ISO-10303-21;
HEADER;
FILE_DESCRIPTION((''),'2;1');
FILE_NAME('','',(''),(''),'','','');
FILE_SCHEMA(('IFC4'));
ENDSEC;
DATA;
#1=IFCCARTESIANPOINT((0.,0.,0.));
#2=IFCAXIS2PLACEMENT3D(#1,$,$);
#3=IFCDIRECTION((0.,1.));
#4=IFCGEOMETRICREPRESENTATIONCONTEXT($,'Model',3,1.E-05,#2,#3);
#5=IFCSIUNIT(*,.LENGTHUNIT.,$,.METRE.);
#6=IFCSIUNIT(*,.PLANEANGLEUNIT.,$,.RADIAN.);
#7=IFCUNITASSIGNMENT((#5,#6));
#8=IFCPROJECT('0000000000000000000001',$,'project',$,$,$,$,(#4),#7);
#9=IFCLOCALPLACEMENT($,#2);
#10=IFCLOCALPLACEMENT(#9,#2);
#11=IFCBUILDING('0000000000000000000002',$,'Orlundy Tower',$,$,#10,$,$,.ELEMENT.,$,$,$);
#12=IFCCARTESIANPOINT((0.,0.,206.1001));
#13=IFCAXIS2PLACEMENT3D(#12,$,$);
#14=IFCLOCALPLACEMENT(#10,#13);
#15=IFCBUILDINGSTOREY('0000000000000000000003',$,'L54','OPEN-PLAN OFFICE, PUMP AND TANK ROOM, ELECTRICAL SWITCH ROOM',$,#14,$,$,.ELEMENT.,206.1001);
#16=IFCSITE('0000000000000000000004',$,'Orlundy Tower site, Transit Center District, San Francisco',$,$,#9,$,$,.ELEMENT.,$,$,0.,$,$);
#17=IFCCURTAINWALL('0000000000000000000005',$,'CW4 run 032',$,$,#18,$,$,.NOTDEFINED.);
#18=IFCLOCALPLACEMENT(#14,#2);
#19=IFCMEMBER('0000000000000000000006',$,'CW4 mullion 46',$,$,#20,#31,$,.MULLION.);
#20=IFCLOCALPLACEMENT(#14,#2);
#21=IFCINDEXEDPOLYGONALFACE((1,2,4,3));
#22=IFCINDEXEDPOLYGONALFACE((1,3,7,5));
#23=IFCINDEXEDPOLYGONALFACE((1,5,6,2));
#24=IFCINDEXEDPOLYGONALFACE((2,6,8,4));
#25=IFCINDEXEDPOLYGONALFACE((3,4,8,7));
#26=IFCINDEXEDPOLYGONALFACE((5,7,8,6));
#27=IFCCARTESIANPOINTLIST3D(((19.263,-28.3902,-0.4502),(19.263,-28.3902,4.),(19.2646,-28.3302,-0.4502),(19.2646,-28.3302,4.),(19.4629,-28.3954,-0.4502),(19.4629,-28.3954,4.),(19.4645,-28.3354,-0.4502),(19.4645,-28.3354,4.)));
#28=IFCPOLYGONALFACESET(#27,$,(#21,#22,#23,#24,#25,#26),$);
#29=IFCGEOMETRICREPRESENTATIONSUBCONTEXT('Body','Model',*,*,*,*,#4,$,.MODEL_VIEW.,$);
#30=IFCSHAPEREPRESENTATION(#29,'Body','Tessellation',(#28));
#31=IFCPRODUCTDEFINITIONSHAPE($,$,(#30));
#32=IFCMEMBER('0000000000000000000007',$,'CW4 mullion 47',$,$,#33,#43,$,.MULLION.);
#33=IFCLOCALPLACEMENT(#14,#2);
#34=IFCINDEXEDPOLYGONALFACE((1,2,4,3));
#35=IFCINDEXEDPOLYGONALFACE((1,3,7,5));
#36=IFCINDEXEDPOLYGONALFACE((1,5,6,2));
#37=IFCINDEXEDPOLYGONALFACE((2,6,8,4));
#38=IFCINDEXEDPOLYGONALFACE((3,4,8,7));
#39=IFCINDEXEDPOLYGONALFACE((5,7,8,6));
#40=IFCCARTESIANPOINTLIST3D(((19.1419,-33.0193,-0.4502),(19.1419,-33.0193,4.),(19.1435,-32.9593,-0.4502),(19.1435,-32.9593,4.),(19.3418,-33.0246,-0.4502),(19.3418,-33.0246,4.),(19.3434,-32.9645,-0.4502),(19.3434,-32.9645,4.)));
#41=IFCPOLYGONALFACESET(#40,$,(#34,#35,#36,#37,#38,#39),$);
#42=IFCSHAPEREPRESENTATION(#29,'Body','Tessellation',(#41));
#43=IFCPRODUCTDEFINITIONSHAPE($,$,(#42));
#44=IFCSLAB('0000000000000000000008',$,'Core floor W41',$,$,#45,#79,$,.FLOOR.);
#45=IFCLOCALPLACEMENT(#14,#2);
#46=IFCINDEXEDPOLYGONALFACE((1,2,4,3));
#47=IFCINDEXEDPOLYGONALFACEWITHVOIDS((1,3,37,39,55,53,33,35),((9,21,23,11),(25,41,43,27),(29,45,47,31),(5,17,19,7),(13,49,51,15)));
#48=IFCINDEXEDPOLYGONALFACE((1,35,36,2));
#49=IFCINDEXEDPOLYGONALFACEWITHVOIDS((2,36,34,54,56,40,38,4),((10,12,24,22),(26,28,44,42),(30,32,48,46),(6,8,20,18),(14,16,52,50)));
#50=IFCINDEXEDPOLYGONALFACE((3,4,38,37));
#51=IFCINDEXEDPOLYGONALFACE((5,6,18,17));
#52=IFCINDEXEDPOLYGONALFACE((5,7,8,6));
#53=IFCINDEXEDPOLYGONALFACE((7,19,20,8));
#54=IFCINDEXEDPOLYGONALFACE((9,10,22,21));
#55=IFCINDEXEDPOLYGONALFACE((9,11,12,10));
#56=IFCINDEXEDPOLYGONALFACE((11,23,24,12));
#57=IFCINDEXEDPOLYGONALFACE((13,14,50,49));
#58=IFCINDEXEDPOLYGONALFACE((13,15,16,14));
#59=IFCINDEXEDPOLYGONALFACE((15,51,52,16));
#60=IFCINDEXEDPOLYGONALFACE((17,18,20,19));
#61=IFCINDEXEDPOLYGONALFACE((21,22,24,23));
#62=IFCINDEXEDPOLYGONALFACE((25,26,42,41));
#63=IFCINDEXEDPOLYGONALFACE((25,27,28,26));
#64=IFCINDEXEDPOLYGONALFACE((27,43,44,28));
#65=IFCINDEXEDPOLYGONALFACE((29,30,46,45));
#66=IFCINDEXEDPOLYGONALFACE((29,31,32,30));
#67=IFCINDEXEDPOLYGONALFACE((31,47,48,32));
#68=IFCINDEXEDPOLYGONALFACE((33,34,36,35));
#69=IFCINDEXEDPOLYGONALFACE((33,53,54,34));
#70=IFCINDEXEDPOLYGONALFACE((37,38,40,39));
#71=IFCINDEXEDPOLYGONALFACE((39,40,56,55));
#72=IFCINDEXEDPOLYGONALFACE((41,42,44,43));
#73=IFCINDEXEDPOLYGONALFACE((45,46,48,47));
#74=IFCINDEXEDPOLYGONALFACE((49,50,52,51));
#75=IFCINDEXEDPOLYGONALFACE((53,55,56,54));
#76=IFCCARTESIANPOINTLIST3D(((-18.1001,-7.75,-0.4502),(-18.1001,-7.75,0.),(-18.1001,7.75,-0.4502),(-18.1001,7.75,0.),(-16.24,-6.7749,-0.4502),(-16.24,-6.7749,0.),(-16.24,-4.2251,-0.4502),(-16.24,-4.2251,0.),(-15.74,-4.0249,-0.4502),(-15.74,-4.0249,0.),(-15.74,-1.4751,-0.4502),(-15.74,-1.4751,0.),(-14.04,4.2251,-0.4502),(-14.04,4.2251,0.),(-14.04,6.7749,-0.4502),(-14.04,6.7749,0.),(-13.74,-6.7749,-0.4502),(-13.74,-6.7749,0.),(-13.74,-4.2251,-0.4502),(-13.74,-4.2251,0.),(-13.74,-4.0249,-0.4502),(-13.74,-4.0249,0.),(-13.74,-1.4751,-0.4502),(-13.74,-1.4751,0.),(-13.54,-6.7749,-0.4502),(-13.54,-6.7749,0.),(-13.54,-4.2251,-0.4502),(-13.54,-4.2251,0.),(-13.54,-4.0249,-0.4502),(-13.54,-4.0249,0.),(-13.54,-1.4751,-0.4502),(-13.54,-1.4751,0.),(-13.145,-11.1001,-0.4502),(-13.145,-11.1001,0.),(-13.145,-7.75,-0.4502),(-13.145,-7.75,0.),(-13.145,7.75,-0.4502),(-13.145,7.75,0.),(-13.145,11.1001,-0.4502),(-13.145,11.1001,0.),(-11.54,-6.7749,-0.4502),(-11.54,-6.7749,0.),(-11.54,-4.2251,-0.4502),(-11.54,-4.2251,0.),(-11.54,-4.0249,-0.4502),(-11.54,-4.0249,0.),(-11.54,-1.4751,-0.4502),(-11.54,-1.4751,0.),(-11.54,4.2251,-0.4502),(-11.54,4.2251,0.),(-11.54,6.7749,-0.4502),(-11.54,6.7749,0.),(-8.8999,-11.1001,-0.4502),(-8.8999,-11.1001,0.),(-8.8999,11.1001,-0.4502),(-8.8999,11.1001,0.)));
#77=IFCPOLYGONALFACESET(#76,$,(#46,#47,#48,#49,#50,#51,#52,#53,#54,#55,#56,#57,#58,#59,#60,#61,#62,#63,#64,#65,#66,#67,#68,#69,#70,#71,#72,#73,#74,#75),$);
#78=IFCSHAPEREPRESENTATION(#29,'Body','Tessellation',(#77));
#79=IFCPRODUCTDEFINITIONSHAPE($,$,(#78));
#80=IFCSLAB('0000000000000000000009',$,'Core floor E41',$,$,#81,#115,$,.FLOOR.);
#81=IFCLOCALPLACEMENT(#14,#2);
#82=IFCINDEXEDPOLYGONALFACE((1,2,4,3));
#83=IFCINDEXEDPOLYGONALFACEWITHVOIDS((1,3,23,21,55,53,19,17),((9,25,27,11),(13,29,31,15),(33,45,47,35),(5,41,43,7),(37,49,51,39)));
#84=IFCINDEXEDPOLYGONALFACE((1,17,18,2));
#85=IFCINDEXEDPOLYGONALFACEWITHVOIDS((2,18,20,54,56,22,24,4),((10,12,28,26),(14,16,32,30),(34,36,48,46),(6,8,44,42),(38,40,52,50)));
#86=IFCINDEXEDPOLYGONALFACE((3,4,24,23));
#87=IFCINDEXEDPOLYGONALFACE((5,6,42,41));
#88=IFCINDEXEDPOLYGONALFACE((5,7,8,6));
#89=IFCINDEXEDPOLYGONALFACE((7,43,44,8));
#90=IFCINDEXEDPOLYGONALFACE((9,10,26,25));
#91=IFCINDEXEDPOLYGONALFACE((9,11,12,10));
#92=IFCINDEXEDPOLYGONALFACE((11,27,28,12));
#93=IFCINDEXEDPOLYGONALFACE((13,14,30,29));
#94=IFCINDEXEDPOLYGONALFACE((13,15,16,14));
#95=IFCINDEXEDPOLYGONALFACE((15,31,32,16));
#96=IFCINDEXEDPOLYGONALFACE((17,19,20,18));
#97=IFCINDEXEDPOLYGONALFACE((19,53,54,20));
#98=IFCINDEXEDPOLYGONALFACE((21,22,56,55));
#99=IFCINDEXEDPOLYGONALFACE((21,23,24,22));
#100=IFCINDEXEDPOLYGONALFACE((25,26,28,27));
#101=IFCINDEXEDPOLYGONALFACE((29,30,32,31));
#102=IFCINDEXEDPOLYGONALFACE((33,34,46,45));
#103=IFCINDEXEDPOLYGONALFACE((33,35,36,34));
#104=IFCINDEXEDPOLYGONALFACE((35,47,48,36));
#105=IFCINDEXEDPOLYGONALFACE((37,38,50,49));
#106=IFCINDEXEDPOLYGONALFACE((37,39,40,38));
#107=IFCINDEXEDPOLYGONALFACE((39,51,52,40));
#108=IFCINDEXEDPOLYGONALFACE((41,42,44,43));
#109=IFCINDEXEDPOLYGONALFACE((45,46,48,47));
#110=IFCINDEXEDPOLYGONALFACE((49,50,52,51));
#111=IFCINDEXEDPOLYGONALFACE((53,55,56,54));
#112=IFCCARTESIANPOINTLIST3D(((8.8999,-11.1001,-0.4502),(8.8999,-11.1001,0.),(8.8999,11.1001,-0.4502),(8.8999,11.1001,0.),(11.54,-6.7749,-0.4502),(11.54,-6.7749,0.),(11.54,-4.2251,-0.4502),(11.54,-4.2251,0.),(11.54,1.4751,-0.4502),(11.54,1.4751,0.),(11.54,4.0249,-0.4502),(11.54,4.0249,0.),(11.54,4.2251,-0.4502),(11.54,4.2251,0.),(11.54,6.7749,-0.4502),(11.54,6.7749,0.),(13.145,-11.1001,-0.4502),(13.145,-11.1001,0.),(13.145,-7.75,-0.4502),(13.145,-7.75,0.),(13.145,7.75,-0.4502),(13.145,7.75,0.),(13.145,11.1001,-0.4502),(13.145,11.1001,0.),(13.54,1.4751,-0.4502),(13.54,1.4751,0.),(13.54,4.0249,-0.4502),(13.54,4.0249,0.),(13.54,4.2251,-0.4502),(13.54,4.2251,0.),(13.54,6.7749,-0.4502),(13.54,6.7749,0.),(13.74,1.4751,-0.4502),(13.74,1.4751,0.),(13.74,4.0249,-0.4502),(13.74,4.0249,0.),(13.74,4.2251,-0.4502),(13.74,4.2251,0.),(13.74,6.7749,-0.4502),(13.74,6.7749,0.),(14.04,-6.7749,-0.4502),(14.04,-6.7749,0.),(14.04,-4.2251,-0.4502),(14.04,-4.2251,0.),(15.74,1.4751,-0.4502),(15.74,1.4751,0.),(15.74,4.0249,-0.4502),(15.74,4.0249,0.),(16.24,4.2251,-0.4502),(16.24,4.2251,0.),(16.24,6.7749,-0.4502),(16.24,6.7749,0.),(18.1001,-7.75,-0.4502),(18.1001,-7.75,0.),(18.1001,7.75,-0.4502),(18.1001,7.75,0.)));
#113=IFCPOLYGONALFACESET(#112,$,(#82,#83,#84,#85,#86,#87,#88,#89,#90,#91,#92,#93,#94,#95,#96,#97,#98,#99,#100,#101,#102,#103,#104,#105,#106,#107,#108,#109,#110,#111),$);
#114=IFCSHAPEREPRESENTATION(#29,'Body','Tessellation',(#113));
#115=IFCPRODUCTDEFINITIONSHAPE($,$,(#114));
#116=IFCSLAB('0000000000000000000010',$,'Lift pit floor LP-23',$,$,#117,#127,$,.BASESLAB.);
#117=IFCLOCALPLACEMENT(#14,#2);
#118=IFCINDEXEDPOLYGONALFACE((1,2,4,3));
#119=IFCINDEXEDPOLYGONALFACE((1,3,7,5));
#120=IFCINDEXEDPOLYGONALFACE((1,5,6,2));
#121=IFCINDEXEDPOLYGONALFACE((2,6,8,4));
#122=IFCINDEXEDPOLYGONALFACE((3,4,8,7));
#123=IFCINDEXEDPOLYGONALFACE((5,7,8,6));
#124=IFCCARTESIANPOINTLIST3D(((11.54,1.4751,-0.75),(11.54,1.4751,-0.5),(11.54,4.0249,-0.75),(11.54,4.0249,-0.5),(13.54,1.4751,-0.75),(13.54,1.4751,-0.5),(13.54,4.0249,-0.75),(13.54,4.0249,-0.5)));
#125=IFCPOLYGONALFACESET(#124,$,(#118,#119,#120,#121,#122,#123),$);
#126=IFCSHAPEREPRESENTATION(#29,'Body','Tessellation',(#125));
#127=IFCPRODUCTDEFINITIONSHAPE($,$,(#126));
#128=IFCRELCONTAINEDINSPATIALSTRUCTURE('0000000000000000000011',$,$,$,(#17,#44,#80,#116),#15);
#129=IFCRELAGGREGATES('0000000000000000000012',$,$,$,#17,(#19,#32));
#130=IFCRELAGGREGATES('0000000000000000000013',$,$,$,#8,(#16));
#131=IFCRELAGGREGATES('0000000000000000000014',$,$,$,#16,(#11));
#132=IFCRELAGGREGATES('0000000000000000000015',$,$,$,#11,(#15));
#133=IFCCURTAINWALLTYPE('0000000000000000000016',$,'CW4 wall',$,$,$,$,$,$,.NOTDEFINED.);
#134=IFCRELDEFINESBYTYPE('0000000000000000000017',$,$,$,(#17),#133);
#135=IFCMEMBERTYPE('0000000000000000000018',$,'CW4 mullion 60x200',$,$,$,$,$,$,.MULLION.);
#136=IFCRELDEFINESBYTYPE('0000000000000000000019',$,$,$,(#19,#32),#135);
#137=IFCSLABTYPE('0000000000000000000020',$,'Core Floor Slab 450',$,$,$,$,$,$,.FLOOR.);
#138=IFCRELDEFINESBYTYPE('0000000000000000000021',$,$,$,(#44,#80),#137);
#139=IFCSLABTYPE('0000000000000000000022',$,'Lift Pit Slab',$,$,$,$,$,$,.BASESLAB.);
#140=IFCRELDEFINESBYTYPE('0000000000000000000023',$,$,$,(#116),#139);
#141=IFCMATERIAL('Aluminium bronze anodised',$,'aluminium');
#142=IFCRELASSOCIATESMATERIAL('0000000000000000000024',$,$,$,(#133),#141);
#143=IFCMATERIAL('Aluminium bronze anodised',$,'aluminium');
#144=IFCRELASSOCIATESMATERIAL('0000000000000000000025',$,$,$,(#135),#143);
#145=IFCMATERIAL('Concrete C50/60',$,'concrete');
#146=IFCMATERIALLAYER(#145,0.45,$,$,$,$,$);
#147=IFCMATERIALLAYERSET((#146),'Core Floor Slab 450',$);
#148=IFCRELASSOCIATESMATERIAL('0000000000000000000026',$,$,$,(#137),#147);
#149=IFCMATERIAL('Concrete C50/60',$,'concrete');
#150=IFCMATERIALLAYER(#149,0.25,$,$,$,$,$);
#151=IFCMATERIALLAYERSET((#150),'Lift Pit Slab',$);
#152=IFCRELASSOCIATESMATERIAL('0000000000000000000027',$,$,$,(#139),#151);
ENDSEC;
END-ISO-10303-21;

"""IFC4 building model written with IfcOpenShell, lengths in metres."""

from ifc_helpers import new_model, si_unit, direction, frame, origin, origin_2d, place, context, subcontext, project, spatial, polyline, rectangle, outline, extrude, material, layer, layer_set, material_profile, profile_set, type_object, element, aggregate, save


model = new_model("IFC4")

# Units and contexts
model_context = context("Model", 3, precision=1e-05, world=origin(), true_north=direction((0.0, 1.0)))
body_context = subcontext(model_context, "Body", "Model", "MODEL_VIEW")
ifc_project = project(units=[si_unit("LENGTHUNIT", "METRE"), si_unit("PLANEANGLEUNIT", "RADIAN")], contexts=[model_context])

# Site, building, storey
site_placement = place(None, origin())
site = spatial("IfcSite", under=ifc_project, at=site_placement, Name="Orlundy Tower site, Transit Center District, San Francisco", CompositionType="ELEMENT", RefElevation=0.0)
building_placement = place(site_placement, origin())
building = spatial("IfcBuilding", under=site, at=building_placement, Name="Orlundy Tower", CompositionType="ELEMENT")
storey_placement = place(building_placement, frame((0.0, 0.0, 206.1001)))
storey = spatial("IfcBuildingStorey", under=building, at=storey_placement, Name="L54", Description="OPEN-PLAN OFFICE, PUMP AND TANK ROOM, ELECTRICAL SWITCH ROOM", CompositionType="ELEMENT", Elevation=206.1001)

# Shared definitions
ifc_material_1 = material(Name="Aluminium bronze anodised", Category="aluminium")
curtain_wall_type = type_object("IfcCurtainWallType", Name="CW4 wall", PredefinedType="NOTDEFINED", material=ifc_material_1)

# Shared definitions
ifc_material_2 = material(Name="Aluminium bronze anodised", Category="aluminium")
ifc_material_profile_1 = material_profile(ifc_material_2, rectangle(XDim=0.2, YDim=0.0601, at=origin_2d()), Name="CW4 mullion 60x200")
ifc_profile_set_1 = profile_set([ifc_material_profile_1], Name="Aluminium bronze anodised")
member_type_1 = type_object("IfcMemberType", Name="CW4 mullion 60x200", PredefinedType="MULLION", material=ifc_profile_set_1)

# Curtain wall, members
curtain_wall_1_placement = place(storey_placement, origin())
curtain_wall_1 = element("IfcCurtainWall", 1, at=curtain_wall_1_placement, inside=storey, type_object=curtain_wall_type, Name="CW4 run 032", PredefinedType="NOTDEFINED")
member_1_placement = place(storey_placement, frame((19.3638, -28.3628, -0.4502), z_axis=(0.0, 0.0, 1.0), x_axis=(0.999658, -0.026166, 0.0)))
member_1 = element("IfcMember", 2, at=member_1_placement, type_object=member_type_1, Name="CW4 mullion 46", PredefinedType="MULLION", context=body_context, shape_type="SweptSolid", body=[
    extrude(rectangle(XDim=0.2, YDim=0.0601, at=origin_2d()), origin(), (0.0, 0.0, 1.0), 4.4502),
])
member_2_placement = place(storey_placement, frame((19.2427, -32.9919, -0.4502), z_axis=(0.0, 0.0, 1.0), x_axis=(0.999658, -0.026166, 0.0)))
member_2 = element("IfcMember", 3, at=member_2_placement, type_object=member_type_1, Name="CW4 mullion 47", PredefinedType="MULLION", context=body_context, shape_type="SweptSolid", body=[
    extrude(rectangle(XDim=0.2, YDim=0.0601, at=origin_2d()), origin(), (0.0, 0.0, 1.0), 4.4502),
])
aggregate(curtain_wall_1, [member_1, member_2])

# Slabs
ifc_material_3 = material(Name="Concrete C50/60", Category="concrete")
ifc_layer_1 = layer(ifc_material_3, 0.45)
ifc_layer_set_1 = layer_set([ifc_layer_1], Name="Core Floor Slab 450")
slab_type_1 = type_object("IfcSlabType", Name="Core Floor Slab 450", PredefinedType="FLOOR", material=ifc_layer_set_1)
slab_1_placement = place(storey_placement, frame((0.0, 0.0, -0.4502)))
element("IfcSlab", 4, at=slab_1_placement, inside=storey, type_object=slab_type_1, Name="Core floor W41", PredefinedType="FLOOR", context=body_context, shape_type="SweptSolid", body=[
    extrude(outline(polyline([(-13.145, 7.75), (-13.145, 11.1001), (-8.8999, 11.1001), (-8.8999, -11.1001), (-13.145, -11.1001), (-13.145, -7.75), (-18.1001, -7.75), (-18.1001, 7.75), (-13.145, 7.75)]), holes=[polyline([(-13.54, -6.7749), (-11.54, -6.7749), (-11.54, -4.2251), (-13.54, -4.2251), (-13.54, -6.7749)]), polyline([(-16.24, -4.2251), (-16.24, -6.7749), (-13.74, -6.7749), (-13.74, -4.2251), (-16.24, -4.2251)]), polyline([(-11.54, -1.4751), (-13.54, -1.4751), (-13.54, -4.0249), (-11.54, -4.0249), (-11.54, -1.4751)]), polyline([(-13.74, -4.0249), (-13.74, -1.4751), (-15.74, -1.4751), (-15.74, -4.0249), (-13.74, -4.0249)]), polyline([(-14.04, 4.2251), (-11.54, 4.2251), (-11.54, 6.7749), (-14.04, 6.7749), (-14.04, 4.2251)])]), origin(), (0.0, 0.0, 1.0), 0.4502),
])
slab_2_placement = place(storey_placement, frame((0.0, 0.0, -0.4502)))
element("IfcSlab", 5, at=slab_2_placement, inside=storey, type_object=slab_type_1, Name="Core floor E41", PredefinedType="FLOOR", context=body_context, shape_type="SweptSolid", body=[
    extrude(outline(polyline([(13.145, -7.75), (13.145, -11.1001), (8.8999, -11.1001), (8.8999, 11.1001), (13.145, 11.1001), (13.145, 7.75), (18.1001, 7.75), (18.1001, -7.75), (13.145, -7.75)]), holes=[polyline([(13.54, 6.7749), (11.54, 6.7749), (11.54, 4.2251), (13.54, 4.2251), (13.54, 6.7749)]), polyline([(16.24, 4.2251), (16.24, 6.7749), (13.74, 6.7749), (13.74, 4.2251), (16.24, 4.2251)]), polyline([(11.54, 1.4751), (13.54, 1.4751), (13.54, 4.0249), (11.54, 4.0249), (11.54, 1.4751)]), polyline([(13.74, 4.0249), (13.74, 1.4751), (15.74, 1.4751), (15.74, 4.0249), (13.74, 4.0249)]), polyline([(14.04, -4.2251), (11.54, -4.2251), (11.54, -6.7749), (14.04, -6.7749), (14.04, -4.2251)])]), origin(), (0.0, 0.0, 1.0), 0.4502),
])
ifc_material_4 = material(Name="Concrete C50/60", Category="concrete")
ifc_layer_2 = layer(ifc_material_4, 0.25)
ifc_layer_set_2 = layer_set([ifc_layer_2], Name="Lift Pit Slab")
slab_type_2 = type_object("IfcSlabType", Name="Lift Pit Slab", PredefinedType="BASESLAB", material=ifc_layer_set_2)
slab_3_placement = place(storey_placement, frame((0.0, 0.0, -0.75)))
element("IfcSlab", 6, at=slab_3_placement, inside=storey, type_object=slab_type_2, Name="Lift pit floor LP-23", PredefinedType="BASESLAB", context=body_context, shape_type="SweptSolid", body=[
    extrude(outline(polyline([(11.54, 4.0249), (13.54, 4.0249), (13.54, 1.4751), (11.54, 1.4751), (11.54, 4.0249)])), origin(), (0.0, 0.0, 1.0), 0.25),
])

save(model, "model.ifc")
